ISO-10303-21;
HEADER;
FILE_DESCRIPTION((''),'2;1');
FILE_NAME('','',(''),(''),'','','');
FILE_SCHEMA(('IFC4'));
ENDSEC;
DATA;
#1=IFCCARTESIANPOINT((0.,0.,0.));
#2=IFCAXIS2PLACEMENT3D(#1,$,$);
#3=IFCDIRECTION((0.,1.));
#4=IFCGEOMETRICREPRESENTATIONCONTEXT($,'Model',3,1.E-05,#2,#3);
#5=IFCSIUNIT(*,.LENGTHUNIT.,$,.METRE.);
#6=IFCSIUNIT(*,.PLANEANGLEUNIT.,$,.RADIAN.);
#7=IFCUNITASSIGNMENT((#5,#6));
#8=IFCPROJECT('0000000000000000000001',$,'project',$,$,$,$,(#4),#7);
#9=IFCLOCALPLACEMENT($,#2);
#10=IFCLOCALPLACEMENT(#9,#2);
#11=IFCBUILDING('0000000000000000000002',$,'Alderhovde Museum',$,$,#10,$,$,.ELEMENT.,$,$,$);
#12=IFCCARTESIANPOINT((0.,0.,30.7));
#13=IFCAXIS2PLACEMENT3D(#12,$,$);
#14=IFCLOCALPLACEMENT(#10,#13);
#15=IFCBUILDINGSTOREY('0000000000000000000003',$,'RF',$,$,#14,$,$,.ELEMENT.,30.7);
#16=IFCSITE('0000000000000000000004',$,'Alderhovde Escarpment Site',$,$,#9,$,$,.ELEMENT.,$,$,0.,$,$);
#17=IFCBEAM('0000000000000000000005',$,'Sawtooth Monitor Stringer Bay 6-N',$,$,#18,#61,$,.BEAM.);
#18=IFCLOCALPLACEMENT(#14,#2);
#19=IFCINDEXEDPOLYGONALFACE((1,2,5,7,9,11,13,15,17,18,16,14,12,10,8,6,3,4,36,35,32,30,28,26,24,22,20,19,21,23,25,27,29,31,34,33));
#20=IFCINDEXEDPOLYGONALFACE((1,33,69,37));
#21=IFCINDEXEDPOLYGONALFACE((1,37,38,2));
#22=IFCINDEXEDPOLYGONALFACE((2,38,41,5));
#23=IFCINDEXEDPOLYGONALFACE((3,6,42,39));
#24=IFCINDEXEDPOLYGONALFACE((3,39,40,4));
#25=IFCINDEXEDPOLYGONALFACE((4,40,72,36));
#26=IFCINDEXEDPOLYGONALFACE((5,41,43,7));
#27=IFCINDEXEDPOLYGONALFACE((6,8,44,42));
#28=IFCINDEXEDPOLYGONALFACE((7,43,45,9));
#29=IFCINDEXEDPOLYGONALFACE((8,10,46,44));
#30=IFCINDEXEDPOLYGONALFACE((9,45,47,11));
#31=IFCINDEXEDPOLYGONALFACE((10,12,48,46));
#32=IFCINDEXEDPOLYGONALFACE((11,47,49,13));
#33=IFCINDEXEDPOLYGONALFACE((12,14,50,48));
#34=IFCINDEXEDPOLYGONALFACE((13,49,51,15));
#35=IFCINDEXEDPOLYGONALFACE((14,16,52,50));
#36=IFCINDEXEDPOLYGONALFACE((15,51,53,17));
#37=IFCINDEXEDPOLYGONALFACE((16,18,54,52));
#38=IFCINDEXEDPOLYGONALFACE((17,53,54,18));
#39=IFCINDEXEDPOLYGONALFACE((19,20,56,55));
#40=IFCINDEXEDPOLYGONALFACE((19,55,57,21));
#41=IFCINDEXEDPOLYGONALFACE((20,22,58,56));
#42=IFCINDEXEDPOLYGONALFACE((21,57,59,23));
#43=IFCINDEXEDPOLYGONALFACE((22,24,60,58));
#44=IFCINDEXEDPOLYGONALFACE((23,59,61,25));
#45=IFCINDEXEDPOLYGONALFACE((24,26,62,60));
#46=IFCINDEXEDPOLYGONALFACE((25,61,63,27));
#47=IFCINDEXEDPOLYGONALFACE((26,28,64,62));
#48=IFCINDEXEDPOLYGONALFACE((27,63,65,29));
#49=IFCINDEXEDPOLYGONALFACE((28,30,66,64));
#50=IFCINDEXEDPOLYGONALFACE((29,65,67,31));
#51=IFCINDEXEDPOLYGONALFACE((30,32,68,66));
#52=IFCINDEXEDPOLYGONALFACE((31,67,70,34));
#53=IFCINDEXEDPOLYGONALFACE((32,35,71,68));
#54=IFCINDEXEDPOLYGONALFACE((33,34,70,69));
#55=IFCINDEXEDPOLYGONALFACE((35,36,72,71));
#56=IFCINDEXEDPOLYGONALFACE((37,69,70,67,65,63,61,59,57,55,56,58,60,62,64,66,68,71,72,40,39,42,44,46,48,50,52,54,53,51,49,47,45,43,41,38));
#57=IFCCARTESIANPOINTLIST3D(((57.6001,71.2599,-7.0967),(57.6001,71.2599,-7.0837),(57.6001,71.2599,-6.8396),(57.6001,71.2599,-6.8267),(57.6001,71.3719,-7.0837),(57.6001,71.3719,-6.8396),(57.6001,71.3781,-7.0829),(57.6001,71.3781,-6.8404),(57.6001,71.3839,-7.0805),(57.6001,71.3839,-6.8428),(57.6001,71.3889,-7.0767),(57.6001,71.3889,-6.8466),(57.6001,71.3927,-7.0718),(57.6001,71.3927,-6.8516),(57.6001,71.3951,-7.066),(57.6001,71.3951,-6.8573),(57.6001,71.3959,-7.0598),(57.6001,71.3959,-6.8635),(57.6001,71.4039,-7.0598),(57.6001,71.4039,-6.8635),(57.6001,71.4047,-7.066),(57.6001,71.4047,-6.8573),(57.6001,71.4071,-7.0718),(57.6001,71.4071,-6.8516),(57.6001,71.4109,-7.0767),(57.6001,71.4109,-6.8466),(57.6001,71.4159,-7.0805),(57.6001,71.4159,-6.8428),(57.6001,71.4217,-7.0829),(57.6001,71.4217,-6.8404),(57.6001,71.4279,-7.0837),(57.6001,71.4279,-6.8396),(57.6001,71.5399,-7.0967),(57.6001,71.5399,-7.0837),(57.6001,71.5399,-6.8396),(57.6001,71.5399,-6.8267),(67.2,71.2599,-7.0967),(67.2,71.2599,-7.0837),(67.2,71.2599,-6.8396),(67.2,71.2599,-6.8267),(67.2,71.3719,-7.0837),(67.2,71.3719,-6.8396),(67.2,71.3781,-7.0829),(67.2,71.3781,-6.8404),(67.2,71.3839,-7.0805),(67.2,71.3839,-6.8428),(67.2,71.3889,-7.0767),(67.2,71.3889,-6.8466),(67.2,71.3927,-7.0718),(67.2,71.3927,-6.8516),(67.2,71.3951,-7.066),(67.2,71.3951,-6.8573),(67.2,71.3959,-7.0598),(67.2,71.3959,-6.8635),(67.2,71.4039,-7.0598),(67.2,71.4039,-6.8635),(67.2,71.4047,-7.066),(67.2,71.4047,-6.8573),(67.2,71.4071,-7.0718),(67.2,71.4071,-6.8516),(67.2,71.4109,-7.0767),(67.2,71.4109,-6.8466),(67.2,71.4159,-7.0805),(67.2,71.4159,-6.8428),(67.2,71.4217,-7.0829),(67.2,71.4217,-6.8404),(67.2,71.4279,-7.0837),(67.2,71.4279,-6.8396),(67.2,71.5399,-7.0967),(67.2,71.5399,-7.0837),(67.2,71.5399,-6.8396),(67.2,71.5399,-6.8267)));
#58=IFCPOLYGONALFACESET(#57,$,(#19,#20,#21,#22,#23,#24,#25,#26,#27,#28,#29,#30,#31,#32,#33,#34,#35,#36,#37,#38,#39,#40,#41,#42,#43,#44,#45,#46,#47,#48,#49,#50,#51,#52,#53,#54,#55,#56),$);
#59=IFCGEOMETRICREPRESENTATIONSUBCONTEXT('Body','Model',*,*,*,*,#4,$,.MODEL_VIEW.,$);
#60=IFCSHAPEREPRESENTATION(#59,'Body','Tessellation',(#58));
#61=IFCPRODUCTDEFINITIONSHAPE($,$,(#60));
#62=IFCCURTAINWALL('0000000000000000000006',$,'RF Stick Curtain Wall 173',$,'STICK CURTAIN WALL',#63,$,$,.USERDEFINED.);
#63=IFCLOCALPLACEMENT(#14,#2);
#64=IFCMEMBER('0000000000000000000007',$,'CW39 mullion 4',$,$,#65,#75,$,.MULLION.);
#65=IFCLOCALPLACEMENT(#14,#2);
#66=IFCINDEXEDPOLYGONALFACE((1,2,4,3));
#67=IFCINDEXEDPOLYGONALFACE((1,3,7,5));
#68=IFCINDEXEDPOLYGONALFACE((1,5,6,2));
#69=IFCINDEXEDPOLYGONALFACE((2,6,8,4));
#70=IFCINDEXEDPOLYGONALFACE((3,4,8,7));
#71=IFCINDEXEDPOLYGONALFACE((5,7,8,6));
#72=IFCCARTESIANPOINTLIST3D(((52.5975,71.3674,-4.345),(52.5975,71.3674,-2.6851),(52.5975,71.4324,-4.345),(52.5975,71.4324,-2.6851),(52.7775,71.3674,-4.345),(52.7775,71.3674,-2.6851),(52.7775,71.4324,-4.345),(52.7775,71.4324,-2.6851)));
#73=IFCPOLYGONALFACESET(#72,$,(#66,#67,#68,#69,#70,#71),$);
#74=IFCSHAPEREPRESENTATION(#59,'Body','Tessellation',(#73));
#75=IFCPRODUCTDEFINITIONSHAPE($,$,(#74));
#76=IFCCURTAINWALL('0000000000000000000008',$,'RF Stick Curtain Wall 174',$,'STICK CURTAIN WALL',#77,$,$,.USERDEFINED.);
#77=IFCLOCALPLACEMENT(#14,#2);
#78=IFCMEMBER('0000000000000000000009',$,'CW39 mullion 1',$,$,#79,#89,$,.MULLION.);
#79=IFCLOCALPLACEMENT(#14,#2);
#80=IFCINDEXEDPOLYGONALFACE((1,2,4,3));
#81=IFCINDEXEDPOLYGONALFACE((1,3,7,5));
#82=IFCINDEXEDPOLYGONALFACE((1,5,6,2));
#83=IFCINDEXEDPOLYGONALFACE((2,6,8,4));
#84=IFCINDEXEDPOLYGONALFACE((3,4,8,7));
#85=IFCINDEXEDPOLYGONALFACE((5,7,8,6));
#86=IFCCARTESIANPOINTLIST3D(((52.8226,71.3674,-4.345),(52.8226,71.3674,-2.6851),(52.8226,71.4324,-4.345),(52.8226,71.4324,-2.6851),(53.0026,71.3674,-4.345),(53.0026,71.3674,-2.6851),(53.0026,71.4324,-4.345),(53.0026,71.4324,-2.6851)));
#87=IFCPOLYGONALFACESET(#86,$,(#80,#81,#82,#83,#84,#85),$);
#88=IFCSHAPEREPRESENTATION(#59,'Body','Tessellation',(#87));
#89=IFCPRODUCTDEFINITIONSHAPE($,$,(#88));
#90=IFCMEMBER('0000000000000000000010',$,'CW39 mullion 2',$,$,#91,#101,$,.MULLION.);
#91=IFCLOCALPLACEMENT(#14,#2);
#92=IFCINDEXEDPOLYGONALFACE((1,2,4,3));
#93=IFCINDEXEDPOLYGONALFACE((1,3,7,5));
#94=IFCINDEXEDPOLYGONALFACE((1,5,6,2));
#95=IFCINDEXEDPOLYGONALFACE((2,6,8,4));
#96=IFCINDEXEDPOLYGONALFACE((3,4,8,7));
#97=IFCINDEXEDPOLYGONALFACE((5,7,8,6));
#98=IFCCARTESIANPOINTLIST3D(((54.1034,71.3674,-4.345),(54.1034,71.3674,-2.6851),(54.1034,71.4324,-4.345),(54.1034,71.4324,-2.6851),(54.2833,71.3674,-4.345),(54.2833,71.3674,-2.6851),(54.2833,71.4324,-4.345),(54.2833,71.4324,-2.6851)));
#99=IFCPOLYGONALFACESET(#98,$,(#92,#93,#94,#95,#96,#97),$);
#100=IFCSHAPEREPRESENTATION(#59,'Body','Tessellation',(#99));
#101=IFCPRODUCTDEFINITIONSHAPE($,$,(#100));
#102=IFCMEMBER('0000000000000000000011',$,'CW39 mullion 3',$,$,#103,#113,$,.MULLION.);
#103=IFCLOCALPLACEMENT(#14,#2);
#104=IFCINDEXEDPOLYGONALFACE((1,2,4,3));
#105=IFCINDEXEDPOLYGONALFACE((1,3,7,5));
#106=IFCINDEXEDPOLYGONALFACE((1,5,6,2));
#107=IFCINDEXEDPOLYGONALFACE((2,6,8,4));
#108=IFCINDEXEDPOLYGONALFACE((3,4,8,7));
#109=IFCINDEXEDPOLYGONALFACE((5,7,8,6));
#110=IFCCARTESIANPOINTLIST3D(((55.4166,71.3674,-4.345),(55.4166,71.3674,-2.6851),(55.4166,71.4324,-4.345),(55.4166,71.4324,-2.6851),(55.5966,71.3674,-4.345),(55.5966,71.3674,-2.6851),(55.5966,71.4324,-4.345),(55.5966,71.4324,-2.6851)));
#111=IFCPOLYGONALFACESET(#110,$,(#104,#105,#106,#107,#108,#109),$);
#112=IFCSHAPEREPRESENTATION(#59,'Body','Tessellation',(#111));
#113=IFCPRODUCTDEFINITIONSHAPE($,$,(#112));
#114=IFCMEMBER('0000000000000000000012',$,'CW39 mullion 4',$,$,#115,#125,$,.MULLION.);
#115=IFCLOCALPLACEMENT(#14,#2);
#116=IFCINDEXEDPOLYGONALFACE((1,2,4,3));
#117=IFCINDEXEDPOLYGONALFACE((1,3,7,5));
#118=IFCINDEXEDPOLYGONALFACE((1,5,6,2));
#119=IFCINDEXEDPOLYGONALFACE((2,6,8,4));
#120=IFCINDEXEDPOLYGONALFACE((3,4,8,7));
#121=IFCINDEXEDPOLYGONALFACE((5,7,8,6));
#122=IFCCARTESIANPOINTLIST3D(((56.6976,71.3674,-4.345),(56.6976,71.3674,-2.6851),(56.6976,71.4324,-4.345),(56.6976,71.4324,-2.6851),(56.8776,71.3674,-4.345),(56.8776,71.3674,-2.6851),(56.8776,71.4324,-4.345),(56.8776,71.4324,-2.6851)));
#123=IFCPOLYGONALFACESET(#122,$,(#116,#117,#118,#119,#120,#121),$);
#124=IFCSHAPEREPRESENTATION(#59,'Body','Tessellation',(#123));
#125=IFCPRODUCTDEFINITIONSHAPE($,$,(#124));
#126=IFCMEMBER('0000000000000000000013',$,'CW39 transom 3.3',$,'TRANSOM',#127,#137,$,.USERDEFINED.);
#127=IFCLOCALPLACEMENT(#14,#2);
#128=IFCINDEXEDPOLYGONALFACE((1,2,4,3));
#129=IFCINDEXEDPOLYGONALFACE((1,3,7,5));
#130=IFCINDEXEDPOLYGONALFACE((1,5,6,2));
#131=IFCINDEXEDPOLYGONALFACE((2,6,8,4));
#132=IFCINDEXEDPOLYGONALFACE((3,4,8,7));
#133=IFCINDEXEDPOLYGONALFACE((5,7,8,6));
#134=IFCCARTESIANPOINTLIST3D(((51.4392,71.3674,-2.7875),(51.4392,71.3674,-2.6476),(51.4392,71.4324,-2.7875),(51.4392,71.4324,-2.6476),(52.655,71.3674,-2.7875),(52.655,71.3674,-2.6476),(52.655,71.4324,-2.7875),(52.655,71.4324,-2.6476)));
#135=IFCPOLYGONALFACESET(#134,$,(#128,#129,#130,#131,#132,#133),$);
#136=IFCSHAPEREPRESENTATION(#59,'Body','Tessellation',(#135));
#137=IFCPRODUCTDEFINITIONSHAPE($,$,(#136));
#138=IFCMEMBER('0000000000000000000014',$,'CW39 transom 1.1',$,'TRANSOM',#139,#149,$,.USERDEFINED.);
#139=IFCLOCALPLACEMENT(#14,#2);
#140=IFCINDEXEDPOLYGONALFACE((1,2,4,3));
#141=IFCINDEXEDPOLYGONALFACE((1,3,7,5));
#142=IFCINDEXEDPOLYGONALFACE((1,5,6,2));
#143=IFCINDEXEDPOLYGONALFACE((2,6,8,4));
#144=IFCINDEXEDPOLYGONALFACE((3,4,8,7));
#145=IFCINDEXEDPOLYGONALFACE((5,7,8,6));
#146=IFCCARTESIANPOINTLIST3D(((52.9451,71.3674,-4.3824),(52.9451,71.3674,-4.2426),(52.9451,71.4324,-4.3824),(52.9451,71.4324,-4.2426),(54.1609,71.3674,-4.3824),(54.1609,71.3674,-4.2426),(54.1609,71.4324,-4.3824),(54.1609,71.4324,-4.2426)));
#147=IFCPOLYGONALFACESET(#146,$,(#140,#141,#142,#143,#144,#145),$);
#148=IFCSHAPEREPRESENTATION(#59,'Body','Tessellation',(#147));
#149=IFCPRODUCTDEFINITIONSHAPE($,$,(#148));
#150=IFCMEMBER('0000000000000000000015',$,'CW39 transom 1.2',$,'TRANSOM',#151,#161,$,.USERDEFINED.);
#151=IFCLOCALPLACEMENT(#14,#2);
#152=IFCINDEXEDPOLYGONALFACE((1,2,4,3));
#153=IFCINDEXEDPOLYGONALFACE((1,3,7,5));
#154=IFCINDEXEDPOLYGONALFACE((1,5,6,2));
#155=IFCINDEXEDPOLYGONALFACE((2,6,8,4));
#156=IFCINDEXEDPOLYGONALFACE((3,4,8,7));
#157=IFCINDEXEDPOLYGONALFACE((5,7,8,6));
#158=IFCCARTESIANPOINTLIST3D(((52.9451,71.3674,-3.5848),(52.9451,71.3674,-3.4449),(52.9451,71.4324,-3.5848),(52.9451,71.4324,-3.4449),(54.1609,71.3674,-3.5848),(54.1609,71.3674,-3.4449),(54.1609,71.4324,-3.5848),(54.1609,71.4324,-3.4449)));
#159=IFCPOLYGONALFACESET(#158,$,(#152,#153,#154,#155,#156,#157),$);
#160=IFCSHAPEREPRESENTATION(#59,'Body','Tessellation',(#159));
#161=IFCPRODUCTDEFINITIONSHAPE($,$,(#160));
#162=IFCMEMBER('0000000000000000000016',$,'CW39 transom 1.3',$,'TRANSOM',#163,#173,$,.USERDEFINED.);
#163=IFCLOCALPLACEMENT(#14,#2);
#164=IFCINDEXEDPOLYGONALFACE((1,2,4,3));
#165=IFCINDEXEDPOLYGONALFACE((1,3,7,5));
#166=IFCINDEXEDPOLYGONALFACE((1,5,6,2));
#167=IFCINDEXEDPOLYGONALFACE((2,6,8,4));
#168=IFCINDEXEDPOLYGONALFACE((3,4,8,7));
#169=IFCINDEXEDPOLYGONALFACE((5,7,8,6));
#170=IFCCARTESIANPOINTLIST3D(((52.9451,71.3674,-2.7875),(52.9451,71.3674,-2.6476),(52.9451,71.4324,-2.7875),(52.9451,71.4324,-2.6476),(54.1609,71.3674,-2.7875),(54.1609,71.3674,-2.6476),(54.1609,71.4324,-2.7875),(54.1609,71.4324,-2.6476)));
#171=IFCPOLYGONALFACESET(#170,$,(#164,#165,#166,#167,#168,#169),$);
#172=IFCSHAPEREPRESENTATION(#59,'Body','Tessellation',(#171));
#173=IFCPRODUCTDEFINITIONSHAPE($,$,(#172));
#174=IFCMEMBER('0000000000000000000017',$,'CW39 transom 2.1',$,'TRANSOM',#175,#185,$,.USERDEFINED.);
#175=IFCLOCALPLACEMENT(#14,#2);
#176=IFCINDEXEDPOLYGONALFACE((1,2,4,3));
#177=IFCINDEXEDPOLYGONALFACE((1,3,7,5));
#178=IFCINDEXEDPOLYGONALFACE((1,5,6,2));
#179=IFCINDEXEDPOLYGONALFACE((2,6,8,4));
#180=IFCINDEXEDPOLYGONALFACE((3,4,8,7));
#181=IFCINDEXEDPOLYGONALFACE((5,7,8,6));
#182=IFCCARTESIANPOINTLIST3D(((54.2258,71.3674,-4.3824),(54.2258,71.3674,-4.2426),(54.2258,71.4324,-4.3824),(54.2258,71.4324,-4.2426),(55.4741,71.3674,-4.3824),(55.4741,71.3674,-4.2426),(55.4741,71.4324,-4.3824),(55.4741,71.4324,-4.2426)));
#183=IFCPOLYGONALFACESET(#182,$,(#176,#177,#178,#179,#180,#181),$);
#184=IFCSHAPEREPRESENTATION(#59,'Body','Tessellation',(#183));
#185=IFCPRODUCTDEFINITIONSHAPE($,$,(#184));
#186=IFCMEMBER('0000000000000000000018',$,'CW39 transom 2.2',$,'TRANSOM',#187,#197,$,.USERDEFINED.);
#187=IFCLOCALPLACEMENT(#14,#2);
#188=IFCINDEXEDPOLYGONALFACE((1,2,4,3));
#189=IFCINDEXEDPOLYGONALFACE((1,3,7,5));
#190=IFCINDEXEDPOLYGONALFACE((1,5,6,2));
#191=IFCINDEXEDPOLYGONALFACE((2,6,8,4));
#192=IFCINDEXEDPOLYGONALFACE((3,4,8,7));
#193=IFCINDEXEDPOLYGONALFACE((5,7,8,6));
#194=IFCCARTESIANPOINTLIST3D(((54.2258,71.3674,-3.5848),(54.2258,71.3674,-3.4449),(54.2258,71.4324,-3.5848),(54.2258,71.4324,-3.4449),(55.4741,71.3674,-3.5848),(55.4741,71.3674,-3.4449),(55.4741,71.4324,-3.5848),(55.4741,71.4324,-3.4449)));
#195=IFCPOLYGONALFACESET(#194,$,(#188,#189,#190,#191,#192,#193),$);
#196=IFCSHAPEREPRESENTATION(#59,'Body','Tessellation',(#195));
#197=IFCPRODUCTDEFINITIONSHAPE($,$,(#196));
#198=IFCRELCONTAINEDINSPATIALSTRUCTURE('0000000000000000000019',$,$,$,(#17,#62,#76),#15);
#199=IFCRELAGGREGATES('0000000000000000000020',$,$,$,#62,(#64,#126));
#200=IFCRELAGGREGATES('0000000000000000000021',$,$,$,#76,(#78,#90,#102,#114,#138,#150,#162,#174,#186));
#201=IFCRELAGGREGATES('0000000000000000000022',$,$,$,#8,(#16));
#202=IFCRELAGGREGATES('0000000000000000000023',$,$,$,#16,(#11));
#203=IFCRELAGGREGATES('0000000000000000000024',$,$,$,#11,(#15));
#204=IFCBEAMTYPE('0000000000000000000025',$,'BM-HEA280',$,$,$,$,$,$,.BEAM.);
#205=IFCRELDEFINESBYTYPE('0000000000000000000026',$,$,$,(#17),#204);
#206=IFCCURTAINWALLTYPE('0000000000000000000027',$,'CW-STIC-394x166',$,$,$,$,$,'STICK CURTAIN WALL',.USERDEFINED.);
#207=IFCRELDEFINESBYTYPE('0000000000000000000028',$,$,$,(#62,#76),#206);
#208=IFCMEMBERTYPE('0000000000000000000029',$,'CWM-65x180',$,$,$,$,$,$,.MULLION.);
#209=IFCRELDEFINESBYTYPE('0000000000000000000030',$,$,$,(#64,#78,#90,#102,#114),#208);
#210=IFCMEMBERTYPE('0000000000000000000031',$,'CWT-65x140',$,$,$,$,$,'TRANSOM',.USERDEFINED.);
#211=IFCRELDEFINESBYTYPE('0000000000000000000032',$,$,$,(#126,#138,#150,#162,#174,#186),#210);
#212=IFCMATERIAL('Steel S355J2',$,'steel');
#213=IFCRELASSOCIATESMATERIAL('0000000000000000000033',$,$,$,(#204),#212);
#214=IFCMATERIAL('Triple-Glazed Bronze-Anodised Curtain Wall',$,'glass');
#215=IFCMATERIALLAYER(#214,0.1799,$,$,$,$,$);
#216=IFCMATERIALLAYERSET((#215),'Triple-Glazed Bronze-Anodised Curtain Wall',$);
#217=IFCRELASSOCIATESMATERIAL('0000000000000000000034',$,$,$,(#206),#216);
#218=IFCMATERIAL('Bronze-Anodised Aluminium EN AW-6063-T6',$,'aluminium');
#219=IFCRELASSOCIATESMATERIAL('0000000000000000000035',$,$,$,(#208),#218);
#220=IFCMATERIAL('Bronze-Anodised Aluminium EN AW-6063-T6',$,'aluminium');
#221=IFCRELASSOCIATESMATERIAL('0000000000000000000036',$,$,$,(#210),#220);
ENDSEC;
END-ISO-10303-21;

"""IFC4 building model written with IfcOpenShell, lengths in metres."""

from ifc_helpers import new_model, si_unit, direction, frame, origin, origin_2d, place, context, subcontext, project, spatial, rectangle, i_section, extrude, material, layer, layer_set, material_profile, profile_set, type_object, element, aggregate, save


model = new_model("IFC4")

# Units and contexts
model_context = context("Model", 3, precision=1e-05, world=origin(), true_north=direction((0.0, 1.0)))
body_context = subcontext(model_context, "Body", "Model", "MODEL_VIEW")
ifc_project = project(units=[si_unit("LENGTHUNIT", "METRE"), si_unit("PLANEANGLEUNIT", "RADIAN")], contexts=[model_context])

# Site, building, storey
site_placement = place(None, origin())
site = spatial("IfcSite", under=ifc_project, at=site_placement, Name="Alderhovde Escarpment Site", CompositionType="ELEMENT", RefElevation=0.0)
building_placement = place(site_placement, origin())
building = spatial("IfcBuilding", under=site, at=building_placement, Name="Alderhovde Museum", CompositionType="ELEMENT")
storey_placement = place(building_placement, frame((0.0, 0.0, 30.7)))
storey = spatial("IfcBuildingStorey", under=building, at=storey_placement, Name="RF", CompositionType="ELEMENT", Elevation=30.7)

# Beam
ifc_material_1 = material(Name="Steel S355J2", Category="steel")
ifc_material_profile_1 = material_profile(ifc_material_1, i_section(OverallWidth=0.28, OverallDepth=0.27, WebThickness=0.0081, FlangeThickness=0.0129, FilletRadius=0.0239, at=origin_2d()), Name="HEA 280")
ifc_profile_set_1 = profile_set([ifc_material_profile_1], Name="Steel S355J2")
beam_type = type_object("IfcBeamType", Name="BM-HEA280", PredefinedType="BEAM", material=ifc_profile_set_1)
beam_placement = place(storey_placement, frame((57.6001, 71.3999, -6.9617), z_axis=(1.0, 0.0, 0.0), x_axis=(0.0, 1.0, 0.0)))
element("IfcBeam", 1, at=beam_placement, inside=storey, type_object=beam_type, Name="Sawtooth Monitor Stringer Bay 6-N", PredefinedType="BEAM", context=body_context, shape_type="SweptSolid", body=[
    extrude(i_section(OverallWidth=0.28, OverallDepth=0.27, WebThickness=0.0081, FlangeThickness=0.0129, FilletRadius=0.0239, at=origin_2d()), origin(), (0.0, 0.0, 1.0), 9.5999),
])

# Curtain wall, member
ifc_material_2 = material(Name="Triple-Glazed Bronze-Anodised Curtain Wall", Category="glass")
ifc_layer_1 = layer(ifc_material_2, 0.1799)
ifc_layer_set_1 = layer_set([ifc_layer_1], Name="Triple-Glazed Bronze-Anodised Curtain Wall")
curtain_wall_type = type_object("IfcCurtainWallType", Name="CW-STIC-394x166", ElementType="STICK CURTAIN WALL", PredefinedType="USERDEFINED", material=ifc_layer_set_1)
curtain_wall_1_placement = place(storey_placement, origin())
curtain_wall_1 = element("IfcCurtainWall", 2, at=curtain_wall_1_placement, inside=storey, type_object=curtain_wall_type, Name="RF Stick Curtain Wall 173", ObjectType="STICK CURTAIN WALL", PredefinedType="USERDEFINED")
ifc_material_3 = material(Name="Bronze-Anodised Aluminium EN AW-6063-T6", Category="aluminium")
ifc_material_profile_2 = material_profile(ifc_material_3, rectangle(XDim=0.0649, YDim=0.1799, at=origin_2d()), Name="MULLION 65x180")
ifc_profile_set_2 = profile_set([ifc_material_profile_2], Name="Bronze-Anodised Aluminium EN AW-6063-T6")
member_type_1 = type_object("IfcMemberType", Name="CWM-65x180", PredefinedType="MULLION", material=ifc_profile_set_2)
member_1_placement = place(storey_placement, frame((52.6875, 71.3999, -4.345), z_axis=(0.0, 0.0, 1.0), x_axis=(0.0, 1.0, 0.0)))
member_1 = element("IfcMember", 3, at=member_1_placement, type_object=member_type_1, Name="CW39 mullion 4", PredefinedType="MULLION", context=body_context, shape_type="SweptSolid", body=[
    extrude(rectangle(XDim=0.0649, YDim=0.1799, at=origin_2d()), origin(), (0.0, 0.0, 1.0), 1.6599),
])

# Curtain wall, members
curtain_wall_2_placement = place(storey_placement, origin())
curtain_wall_2 = element("IfcCurtainWall", 4, at=curtain_wall_2_placement, inside=storey, type_object=curtain_wall_type, Name="RF Stick Curtain Wall 174", ObjectType="STICK CURTAIN WALL", PredefinedType="USERDEFINED")
member_2_placement = place(storey_placement, frame((52.9126, 71.3999, -4.345), z_axis=(0.0, 0.0, 1.0), x_axis=(0.0, 1.0, 0.0)))
member_2 = element("IfcMember", 5, at=member_2_placement, type_object=member_type_1, Name="CW39 mullion 1", PredefinedType="MULLION", context=body_context, shape_type="SweptSolid", body=[
    extrude(rectangle(XDim=0.0649, YDim=0.1799, at=origin_2d()), origin(), (0.0, 0.0, 1.0), 1.6599),
])
member_3_placement = place(storey_placement, frame((54.1934, 71.3999, -4.345), z_axis=(0.0, 0.0, 1.0), x_axis=(0.0, 1.0, 0.0)))
member_3 = element("IfcMember", 6, at=member_3_placement, type_object=member_type_1, Name="CW39 mullion 2", PredefinedType="MULLION", context=body_context, shape_type="SweptSolid", body=[
    extrude(rectangle(XDim=0.0649, YDim=0.1799, at=origin_2d()), origin(), (0.0, 0.0, 1.0), 1.6599),
])
member_4_placement = place(storey_placement, frame((55.5066, 71.3999, -4.345), z_axis=(0.0, 0.0, 1.0), x_axis=(0.0, 1.0, 0.0)))
member_4 = element("IfcMember", 7, at=member_4_placement, type_object=member_type_1, Name="CW39 mullion 3", PredefinedType="MULLION", context=body_context, shape_type="SweptSolid", body=[
    extrude(rectangle(XDim=0.0649, YDim=0.1799, at=origin_2d()), origin(), (0.0, 0.0, 1.0), 1.6599),
])
member_5_placement = place(storey_placement, frame((56.7876, 71.3999, -4.345), z_axis=(0.0, 0.0, 1.0), x_axis=(0.0, 1.0, 0.0)))
member_5 = element("IfcMember", 8, at=member_5_placement, type_object=member_type_1, Name="CW39 mullion 4", PredefinedType="MULLION", context=body_context, shape_type="SweptSolid", body=[
    extrude(rectangle(XDim=0.0649, YDim=0.1799, at=origin_2d()), origin(), (0.0, 0.0, 1.0), 1.6599),
])

# Members
ifc_material_4 = material(Name="Bronze-Anodised Aluminium EN AW-6063-T6", Category="aluminium")
ifc_material_profile_3 = material_profile(ifc_material_4, rectangle(XDim=0.0649, YDim=0.1399, at=origin_2d()), Name="TRANSOM 65x140")
ifc_profile_set_3 = profile_set([ifc_material_profile_3], Name="Bronze-Anodised Aluminium EN AW-6063-T6")
member_type_2 = type_object("IfcMemberType", Name="CWT-65x140", ElementType="TRANSOM", PredefinedType="USERDEFINED", material=ifc_profile_set_3)
member_6_placement = place(storey_placement, frame((51.4392, 71.3999, -2.7175), z_axis=(1.0, 0.0, 0.0), x_axis=(0.0, 1.0, 0.0)))
member_6 = element("IfcMember", 9, at=member_6_placement, type_object=member_type_2, Name="CW39 transom 3.3", ObjectType="TRANSOM", PredefinedType="USERDEFINED", context=body_context, shape_type="SweptSolid", body=[
    extrude(rectangle(XDim=0.0649, YDim=0.1399, at=origin_2d()), origin(), (0.0, 0.0, 1.0), 1.2158),
])
member_7_placement = place(storey_placement, frame((52.9451, 71.3999, -4.3125), z_axis=(1.0, 0.0, 0.0), x_axis=(0.0, 1.0, 0.0)))
member_7 = element("IfcMember", 10, at=member_7_placement, type_object=member_type_2, Name="CW39 transom 1.1", ObjectType="TRANSOM", PredefinedType="USERDEFINED", context=body_context, shape_type="SweptSolid", body=[
    extrude(rectangle(XDim=0.0649, YDim=0.1399, at=origin_2d()), origin(), (0.0, 0.0, 1.0), 1.2158),
])
member_8_placement = place(storey_placement, frame((52.9451, 71.3999, -3.5149), z_axis=(1.0, 0.0, 0.0), x_axis=(0.0, 1.0, 0.0)))
member_8 = element("IfcMember", 11, at=member_8_placement, type_object=member_type_2, Name="CW39 transom 1.2", ObjectType="TRANSOM", PredefinedType="USERDEFINED", context=body_context, shape_type="SweptSolid", body=[
    extrude(rectangle(XDim=0.0649, YDim=0.1399, at=origin_2d()), origin(), (0.0, 0.0, 1.0), 1.2158),
])
member_9_placement = place(storey_placement, frame((52.9451, 71.3999, -2.7175), z_axis=(1.0, 0.0, 0.0), x_axis=(0.0, 1.0, 0.0)))
member_9 = element("IfcMember", 12, at=member_9_placement, type_object=member_type_2, Name="CW39 transom 1.3", ObjectType="TRANSOM", PredefinedType="USERDEFINED", context=body_context, shape_type="SweptSolid", body=[
    extrude(rectangle(XDim=0.0649, YDim=0.1399, at=origin_2d()), origin(), (0.0, 0.0, 1.0), 1.2158),
])
member_10_placement = place(storey_placement, frame((54.2258, 71.3999, -4.3125), z_axis=(1.0, 0.0, 0.0), x_axis=(0.0, 1.0, 0.0)))
member_10 = element("IfcMember", 13, at=member_10_placement, type_object=member_type_2, Name="CW39 transom 2.1", ObjectType="TRANSOM", PredefinedType="USERDEFINED", context=body_context, shape_type="SweptSolid", body=[
    extrude(rectangle(XDim=0.0649, YDim=0.1399, at=origin_2d()), origin(), (0.0, 0.0, 1.0), 1.2483),
])
member_11_placement = place(storey_placement, frame((54.2258, 71.3999, -3.5149), z_axis=(1.0, 0.0, 0.0), x_axis=(0.0, 1.0, 0.0)))
member_11 = element("IfcMember", 14, at=member_11_placement, type_object=member_type_2, Name="CW39 transom 2.2", ObjectType="TRANSOM", PredefinedType="USERDEFINED", context=body_context, shape_type="SweptSolid", body=[
    extrude(rectangle(XDim=0.0649, YDim=0.1399, at=origin_2d()), origin(), (0.0, 0.0, 1.0), 1.2483),
])

aggregate(curtain_wall_1, [member_1, member_6])
aggregate(curtain_wall_2, [member_2, member_3, member_4, member_5, member_7, member_8, member_9, member_10, member_11])

save(model, "model.ifc")
